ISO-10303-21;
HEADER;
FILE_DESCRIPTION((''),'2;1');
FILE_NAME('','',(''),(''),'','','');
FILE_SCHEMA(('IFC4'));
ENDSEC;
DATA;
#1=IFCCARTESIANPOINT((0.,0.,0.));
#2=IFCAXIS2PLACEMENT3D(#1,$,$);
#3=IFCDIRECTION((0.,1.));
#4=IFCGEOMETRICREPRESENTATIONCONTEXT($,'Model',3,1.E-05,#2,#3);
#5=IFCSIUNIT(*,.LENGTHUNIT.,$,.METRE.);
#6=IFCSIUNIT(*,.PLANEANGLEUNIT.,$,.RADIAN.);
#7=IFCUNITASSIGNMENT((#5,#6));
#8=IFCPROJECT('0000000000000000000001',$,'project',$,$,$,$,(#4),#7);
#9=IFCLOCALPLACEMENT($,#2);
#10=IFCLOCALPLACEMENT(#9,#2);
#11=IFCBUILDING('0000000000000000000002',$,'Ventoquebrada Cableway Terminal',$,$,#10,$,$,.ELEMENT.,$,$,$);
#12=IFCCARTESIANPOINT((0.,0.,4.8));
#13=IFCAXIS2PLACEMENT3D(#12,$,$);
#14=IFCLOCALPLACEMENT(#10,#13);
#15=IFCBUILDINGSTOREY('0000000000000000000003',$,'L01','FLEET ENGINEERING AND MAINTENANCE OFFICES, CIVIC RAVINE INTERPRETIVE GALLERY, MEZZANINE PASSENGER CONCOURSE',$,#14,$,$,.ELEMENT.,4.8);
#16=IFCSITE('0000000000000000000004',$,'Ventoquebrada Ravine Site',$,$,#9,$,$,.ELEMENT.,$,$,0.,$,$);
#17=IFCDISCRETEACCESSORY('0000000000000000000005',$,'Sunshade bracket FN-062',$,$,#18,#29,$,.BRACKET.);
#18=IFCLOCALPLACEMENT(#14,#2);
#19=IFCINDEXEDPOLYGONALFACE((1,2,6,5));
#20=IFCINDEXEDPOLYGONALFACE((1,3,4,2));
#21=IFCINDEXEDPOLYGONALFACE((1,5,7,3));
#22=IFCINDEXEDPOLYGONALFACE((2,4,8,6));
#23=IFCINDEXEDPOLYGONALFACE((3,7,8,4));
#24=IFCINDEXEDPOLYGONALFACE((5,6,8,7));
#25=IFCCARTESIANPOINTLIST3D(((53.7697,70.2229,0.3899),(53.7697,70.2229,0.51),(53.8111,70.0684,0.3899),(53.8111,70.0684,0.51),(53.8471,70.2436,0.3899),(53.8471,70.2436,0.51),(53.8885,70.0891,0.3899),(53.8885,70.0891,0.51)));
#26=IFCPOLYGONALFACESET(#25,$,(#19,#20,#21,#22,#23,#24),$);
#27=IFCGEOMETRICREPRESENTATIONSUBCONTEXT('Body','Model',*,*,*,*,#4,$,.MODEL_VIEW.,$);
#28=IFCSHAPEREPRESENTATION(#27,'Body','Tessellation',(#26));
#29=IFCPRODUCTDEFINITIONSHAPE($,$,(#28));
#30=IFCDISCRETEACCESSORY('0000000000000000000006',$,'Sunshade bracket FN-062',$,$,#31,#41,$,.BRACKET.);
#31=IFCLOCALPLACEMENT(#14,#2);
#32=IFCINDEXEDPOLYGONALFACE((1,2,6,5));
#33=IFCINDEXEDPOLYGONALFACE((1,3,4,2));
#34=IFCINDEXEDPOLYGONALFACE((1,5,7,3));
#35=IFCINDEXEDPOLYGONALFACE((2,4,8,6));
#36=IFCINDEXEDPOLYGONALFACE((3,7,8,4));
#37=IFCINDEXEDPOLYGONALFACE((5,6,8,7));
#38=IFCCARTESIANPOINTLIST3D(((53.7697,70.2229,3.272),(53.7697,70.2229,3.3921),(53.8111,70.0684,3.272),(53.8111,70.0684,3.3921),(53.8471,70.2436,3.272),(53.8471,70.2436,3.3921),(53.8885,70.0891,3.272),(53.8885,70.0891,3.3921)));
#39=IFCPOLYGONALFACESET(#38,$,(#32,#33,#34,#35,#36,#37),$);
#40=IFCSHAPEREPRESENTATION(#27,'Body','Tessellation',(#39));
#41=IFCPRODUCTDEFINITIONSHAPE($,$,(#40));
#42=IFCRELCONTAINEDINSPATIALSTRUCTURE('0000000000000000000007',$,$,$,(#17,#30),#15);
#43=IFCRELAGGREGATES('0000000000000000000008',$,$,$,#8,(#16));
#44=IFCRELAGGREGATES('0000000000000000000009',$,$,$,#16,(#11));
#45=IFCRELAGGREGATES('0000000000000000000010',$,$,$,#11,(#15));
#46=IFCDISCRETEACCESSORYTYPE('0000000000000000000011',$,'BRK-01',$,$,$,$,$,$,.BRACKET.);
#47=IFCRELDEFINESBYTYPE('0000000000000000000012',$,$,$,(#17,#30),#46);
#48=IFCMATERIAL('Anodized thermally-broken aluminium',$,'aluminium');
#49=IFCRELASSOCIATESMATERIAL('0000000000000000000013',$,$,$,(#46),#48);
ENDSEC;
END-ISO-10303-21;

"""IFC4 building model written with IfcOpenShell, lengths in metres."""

from ifc_helpers import new_model, si_unit, direction, frame, origin, origin_2d, place, context, subcontext, project, spatial, rectangle, extrude, material, type_object, element, save


model = new_model("IFC4")

# Units and contexts
model_context = context("Model", 3, precision=1e-05, world=origin(), true_north=direction((0.0, 1.0)))
body_context = subcontext(model_context, "Body", "Model", "MODEL_VIEW")
ifc_project = project(units=[si_unit("LENGTHUNIT", "METRE"), si_unit("PLANEANGLEUNIT", "RADIAN")], contexts=[model_context])

# Site, building, storey
site_placement = place(None, origin())
site = spatial("IfcSite", under=ifc_project, at=site_placement, Name="Ventoquebrada Ravine Site", CompositionType="ELEMENT", RefElevation=0.0)
building_placement = place(site_placement, origin())
building = spatial("IfcBuilding", under=site, at=building_placement, Name="Ventoquebrada Cableway Terminal", CompositionType="ELEMENT")
storey_placement = place(building_placement, frame((0.0, 0.0, 4.8)))
storey = spatial("IfcBuildingStorey", under=building, at=storey_placement, Name="L01", Description="FLEET ENGINEERING AND MAINTENANCE OFFICES, CIVIC RAVINE INTERPRETIVE GALLERY, MEZZANINE PASSENGER CONCOURSE", CompositionType="ELEMENT", Elevation=4.8)

# Shared definitions
ifc_material_1 = material(Name="Anodized thermally-broken aluminium", Category="aluminium")

# Discrete accessories
discrete_accessory_type = type_object("IfcDiscreteAccessoryType", Name="BRK-01", PredefinedType="BRACKET", material=ifc_material_1)
for number, where, z_axis, x_axis, name in (
    (1, (53.8291, 70.156, 0.3899), (0.0, 0.0, 1.0), (0.965935, 0.258785, 0.0), "Sunshade bracket FN-062"),
    (2, (53.8291, 70.156, 3.272), (0.0, 0.0, 1.0), (0.965935, 0.258785, 0.0), "Sunshade bracket FN-062"),
):
    element("IfcDiscreteAccessory", number, at=place(storey_placement, frame(where, z_axis=z_axis, x_axis=x_axis)), inside=storey, type_object=discrete_accessory_type, Name=name, PredefinedType="BRACKET", context=body_context, shape_type="SweptSolid", body=[
        extrude(rectangle(XDim=0.0801, YDim=0.1599, at=origin_2d()), origin(), (0.0, 0.0, 1.0), 0.1201),
    ])

save(model, "model.ifc")
